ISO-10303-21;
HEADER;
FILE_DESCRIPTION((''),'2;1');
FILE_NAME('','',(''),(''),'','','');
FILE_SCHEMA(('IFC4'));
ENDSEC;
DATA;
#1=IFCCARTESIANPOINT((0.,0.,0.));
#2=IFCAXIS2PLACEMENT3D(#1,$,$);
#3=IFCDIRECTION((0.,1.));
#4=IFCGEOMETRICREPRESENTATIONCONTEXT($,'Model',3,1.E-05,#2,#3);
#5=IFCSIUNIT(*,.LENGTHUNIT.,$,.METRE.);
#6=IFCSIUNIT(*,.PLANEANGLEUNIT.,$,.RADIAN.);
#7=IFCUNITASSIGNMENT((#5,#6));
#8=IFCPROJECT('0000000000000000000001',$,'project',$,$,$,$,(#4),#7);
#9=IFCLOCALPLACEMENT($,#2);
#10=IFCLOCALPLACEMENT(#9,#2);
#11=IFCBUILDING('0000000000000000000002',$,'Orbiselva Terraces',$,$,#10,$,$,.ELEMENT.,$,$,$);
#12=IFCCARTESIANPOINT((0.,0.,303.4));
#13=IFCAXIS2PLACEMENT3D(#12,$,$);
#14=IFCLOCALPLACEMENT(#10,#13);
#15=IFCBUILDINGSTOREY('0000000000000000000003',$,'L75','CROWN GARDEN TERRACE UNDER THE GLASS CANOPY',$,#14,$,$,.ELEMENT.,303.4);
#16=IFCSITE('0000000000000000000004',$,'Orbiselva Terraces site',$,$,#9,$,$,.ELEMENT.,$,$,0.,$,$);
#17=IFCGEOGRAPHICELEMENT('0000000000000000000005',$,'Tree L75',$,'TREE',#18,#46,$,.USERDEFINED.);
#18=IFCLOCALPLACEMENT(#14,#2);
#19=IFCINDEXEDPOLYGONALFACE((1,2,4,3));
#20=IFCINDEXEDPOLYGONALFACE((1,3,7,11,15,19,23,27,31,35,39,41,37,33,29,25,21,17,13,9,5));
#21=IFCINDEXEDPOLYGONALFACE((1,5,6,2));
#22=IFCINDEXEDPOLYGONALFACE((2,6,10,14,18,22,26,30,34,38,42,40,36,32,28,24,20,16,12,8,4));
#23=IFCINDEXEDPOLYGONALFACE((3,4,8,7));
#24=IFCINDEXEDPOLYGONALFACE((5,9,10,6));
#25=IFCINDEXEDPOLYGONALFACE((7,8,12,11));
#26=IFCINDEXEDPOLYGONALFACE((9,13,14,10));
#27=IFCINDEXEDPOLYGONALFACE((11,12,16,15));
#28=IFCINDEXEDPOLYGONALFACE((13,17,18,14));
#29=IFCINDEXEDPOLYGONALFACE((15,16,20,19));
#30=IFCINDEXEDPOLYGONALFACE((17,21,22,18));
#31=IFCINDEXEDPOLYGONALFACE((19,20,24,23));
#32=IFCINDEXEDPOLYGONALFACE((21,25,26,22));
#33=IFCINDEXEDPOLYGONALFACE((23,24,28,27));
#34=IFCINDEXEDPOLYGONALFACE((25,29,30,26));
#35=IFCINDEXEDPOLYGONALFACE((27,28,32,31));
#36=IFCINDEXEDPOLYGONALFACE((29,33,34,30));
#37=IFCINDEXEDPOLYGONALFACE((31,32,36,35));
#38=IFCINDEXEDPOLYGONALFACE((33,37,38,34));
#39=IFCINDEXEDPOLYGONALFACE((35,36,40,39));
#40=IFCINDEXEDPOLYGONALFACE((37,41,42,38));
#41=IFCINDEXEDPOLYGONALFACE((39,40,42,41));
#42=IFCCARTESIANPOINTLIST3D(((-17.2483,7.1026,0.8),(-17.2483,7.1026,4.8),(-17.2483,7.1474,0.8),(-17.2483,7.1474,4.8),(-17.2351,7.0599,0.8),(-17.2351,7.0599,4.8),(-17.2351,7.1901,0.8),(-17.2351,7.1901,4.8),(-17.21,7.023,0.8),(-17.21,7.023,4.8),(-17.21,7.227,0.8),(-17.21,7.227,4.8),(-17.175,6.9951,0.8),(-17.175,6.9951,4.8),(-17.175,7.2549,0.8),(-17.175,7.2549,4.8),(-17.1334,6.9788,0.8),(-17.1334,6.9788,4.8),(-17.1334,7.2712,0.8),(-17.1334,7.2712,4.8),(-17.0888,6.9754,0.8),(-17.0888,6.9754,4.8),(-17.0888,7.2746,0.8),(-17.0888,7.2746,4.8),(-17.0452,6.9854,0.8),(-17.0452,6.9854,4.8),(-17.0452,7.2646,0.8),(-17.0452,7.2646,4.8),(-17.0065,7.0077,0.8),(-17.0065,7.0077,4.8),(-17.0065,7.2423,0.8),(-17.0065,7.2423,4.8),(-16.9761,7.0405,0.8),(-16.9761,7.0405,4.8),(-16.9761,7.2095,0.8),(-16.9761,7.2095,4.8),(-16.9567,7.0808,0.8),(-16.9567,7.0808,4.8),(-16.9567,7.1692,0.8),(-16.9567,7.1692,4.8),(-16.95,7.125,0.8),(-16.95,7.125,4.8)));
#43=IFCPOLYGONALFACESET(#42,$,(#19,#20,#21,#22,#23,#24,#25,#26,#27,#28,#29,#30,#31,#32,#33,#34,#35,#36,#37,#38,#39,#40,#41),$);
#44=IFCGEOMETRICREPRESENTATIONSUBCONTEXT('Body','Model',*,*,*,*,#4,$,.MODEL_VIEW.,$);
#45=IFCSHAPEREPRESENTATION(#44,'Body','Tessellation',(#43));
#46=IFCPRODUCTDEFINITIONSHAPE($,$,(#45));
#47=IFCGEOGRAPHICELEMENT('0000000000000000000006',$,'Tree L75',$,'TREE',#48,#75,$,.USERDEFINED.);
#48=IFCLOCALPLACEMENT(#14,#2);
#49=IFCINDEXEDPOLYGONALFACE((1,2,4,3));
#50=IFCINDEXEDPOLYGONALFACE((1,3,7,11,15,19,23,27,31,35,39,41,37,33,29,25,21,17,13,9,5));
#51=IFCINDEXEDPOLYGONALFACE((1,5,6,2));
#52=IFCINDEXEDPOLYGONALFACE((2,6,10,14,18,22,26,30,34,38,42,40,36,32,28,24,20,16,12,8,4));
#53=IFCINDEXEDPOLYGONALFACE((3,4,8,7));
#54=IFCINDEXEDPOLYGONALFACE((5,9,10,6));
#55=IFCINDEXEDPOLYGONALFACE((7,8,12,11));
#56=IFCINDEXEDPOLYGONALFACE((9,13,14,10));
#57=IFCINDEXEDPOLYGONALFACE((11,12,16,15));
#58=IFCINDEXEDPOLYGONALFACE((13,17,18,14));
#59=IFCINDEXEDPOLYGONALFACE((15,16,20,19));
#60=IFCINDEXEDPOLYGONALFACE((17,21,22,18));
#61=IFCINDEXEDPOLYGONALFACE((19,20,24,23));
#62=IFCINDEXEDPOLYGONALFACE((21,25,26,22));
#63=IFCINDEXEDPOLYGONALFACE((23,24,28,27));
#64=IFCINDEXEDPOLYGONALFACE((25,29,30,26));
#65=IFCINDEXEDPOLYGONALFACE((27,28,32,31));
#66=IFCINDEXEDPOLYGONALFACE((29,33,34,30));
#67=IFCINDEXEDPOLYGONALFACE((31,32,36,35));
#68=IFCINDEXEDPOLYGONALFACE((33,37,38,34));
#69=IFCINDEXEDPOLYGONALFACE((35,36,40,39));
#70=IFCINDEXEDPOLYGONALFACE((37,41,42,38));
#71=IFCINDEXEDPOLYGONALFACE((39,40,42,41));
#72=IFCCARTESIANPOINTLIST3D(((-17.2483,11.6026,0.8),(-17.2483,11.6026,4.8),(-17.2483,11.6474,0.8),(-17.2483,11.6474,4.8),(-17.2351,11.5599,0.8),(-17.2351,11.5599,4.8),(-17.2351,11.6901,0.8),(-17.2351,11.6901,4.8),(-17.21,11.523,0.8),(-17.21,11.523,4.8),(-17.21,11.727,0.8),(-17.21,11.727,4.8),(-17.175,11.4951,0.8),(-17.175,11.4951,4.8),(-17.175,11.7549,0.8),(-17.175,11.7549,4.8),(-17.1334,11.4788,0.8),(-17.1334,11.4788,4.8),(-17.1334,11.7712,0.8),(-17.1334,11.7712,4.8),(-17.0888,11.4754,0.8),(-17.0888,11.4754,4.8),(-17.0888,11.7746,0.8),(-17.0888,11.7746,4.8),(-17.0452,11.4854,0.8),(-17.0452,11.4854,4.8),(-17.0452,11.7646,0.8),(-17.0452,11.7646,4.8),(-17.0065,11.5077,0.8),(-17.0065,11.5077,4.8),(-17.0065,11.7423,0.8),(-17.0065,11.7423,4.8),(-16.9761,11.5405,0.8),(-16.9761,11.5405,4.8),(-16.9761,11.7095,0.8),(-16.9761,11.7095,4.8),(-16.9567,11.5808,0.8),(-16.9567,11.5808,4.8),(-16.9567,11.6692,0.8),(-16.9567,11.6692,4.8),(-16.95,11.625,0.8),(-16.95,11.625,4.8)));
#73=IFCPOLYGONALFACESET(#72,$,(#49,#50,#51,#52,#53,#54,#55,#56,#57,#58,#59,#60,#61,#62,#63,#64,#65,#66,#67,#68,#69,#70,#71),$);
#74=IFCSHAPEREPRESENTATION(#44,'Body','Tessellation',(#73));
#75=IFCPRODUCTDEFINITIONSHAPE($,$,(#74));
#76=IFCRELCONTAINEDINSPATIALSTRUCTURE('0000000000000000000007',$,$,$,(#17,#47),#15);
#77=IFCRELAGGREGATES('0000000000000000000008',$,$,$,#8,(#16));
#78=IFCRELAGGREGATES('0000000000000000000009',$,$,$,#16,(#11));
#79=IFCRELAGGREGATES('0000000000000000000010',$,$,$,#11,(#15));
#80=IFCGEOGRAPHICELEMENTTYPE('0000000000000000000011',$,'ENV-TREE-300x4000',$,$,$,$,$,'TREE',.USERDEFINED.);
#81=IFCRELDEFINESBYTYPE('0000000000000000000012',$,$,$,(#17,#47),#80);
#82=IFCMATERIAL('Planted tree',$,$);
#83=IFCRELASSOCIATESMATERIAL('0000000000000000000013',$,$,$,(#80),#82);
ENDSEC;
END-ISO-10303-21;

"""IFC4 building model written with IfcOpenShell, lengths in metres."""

from ifc_helpers import new_model, si_unit, direction, frame, origin, origin_2d, place, context, subcontext, project, spatial, circle, extrude, material, type_object, element, save


model = new_model("IFC4")

# Units and contexts
model_context = context("Model", 3, precision=1e-05, world=origin(), true_north=direction((0.0, 1.0)))
body_context = subcontext(model_context, "Body", "Model", "MODEL_VIEW")
ifc_project = project(units=[si_unit("LENGTHUNIT", "METRE"), si_unit("PLANEANGLEUNIT", "RADIAN")], contexts=[model_context])

# Site, building, storey
site_placement = place(None, origin())
site = spatial("IfcSite", under=ifc_project, at=site_placement, Name="Orbiselva Terraces site", CompositionType="ELEMENT", RefElevation=0.0)
building_placement = place(site_placement, origin())
building = spatial("IfcBuilding", under=site, at=building_placement, Name="Orbiselva Terraces", CompositionType="ELEMENT")
storey_placement = place(building_placement, frame((0.0, 0.0, 303.4)))
storey = spatial("IfcBuildingStorey", under=building, at=storey_placement, Name="L75", Description="CROWN GARDEN TERRACE UNDER THE GLASS CANOPY", CompositionType="ELEMENT", Elevation=303.4)

# Geographic elements
ifc_material_1 = material(Name="Planted tree")
geographic_element_type = type_object("IfcGeographicElementType", Name="ENV-TREE-300x4000", ElementType="TREE", PredefinedType="USERDEFINED", material=ifc_material_1)
for number, where, z_axis, x_axis, name in (
    (1, (-17.1, 7.125, 4.8), (0.0, 0.0, -1.0), (1.0, 0.0, 0.0), "Tree L75"),
    (2, (-17.1, 11.625, 4.8), (0.0, 0.0, -1.0), (1.0, 0.0, 0.0), "Tree L75"),
):
    element("IfcGeographicElement", number, at=place(storey_placement, frame(where, z_axis=z_axis, x_axis=x_axis)), inside=storey, type_object=geographic_element_type, Name=name, ObjectType="TREE", PredefinedType="USERDEFINED", context=body_context, shape_type="SweptSolid", body=[
        extrude(circle(Radius=0.15, at=origin_2d()), origin(), (0.0, 0.0, 1.0), 4.0),
    ])

save(model, "model.ifc")
